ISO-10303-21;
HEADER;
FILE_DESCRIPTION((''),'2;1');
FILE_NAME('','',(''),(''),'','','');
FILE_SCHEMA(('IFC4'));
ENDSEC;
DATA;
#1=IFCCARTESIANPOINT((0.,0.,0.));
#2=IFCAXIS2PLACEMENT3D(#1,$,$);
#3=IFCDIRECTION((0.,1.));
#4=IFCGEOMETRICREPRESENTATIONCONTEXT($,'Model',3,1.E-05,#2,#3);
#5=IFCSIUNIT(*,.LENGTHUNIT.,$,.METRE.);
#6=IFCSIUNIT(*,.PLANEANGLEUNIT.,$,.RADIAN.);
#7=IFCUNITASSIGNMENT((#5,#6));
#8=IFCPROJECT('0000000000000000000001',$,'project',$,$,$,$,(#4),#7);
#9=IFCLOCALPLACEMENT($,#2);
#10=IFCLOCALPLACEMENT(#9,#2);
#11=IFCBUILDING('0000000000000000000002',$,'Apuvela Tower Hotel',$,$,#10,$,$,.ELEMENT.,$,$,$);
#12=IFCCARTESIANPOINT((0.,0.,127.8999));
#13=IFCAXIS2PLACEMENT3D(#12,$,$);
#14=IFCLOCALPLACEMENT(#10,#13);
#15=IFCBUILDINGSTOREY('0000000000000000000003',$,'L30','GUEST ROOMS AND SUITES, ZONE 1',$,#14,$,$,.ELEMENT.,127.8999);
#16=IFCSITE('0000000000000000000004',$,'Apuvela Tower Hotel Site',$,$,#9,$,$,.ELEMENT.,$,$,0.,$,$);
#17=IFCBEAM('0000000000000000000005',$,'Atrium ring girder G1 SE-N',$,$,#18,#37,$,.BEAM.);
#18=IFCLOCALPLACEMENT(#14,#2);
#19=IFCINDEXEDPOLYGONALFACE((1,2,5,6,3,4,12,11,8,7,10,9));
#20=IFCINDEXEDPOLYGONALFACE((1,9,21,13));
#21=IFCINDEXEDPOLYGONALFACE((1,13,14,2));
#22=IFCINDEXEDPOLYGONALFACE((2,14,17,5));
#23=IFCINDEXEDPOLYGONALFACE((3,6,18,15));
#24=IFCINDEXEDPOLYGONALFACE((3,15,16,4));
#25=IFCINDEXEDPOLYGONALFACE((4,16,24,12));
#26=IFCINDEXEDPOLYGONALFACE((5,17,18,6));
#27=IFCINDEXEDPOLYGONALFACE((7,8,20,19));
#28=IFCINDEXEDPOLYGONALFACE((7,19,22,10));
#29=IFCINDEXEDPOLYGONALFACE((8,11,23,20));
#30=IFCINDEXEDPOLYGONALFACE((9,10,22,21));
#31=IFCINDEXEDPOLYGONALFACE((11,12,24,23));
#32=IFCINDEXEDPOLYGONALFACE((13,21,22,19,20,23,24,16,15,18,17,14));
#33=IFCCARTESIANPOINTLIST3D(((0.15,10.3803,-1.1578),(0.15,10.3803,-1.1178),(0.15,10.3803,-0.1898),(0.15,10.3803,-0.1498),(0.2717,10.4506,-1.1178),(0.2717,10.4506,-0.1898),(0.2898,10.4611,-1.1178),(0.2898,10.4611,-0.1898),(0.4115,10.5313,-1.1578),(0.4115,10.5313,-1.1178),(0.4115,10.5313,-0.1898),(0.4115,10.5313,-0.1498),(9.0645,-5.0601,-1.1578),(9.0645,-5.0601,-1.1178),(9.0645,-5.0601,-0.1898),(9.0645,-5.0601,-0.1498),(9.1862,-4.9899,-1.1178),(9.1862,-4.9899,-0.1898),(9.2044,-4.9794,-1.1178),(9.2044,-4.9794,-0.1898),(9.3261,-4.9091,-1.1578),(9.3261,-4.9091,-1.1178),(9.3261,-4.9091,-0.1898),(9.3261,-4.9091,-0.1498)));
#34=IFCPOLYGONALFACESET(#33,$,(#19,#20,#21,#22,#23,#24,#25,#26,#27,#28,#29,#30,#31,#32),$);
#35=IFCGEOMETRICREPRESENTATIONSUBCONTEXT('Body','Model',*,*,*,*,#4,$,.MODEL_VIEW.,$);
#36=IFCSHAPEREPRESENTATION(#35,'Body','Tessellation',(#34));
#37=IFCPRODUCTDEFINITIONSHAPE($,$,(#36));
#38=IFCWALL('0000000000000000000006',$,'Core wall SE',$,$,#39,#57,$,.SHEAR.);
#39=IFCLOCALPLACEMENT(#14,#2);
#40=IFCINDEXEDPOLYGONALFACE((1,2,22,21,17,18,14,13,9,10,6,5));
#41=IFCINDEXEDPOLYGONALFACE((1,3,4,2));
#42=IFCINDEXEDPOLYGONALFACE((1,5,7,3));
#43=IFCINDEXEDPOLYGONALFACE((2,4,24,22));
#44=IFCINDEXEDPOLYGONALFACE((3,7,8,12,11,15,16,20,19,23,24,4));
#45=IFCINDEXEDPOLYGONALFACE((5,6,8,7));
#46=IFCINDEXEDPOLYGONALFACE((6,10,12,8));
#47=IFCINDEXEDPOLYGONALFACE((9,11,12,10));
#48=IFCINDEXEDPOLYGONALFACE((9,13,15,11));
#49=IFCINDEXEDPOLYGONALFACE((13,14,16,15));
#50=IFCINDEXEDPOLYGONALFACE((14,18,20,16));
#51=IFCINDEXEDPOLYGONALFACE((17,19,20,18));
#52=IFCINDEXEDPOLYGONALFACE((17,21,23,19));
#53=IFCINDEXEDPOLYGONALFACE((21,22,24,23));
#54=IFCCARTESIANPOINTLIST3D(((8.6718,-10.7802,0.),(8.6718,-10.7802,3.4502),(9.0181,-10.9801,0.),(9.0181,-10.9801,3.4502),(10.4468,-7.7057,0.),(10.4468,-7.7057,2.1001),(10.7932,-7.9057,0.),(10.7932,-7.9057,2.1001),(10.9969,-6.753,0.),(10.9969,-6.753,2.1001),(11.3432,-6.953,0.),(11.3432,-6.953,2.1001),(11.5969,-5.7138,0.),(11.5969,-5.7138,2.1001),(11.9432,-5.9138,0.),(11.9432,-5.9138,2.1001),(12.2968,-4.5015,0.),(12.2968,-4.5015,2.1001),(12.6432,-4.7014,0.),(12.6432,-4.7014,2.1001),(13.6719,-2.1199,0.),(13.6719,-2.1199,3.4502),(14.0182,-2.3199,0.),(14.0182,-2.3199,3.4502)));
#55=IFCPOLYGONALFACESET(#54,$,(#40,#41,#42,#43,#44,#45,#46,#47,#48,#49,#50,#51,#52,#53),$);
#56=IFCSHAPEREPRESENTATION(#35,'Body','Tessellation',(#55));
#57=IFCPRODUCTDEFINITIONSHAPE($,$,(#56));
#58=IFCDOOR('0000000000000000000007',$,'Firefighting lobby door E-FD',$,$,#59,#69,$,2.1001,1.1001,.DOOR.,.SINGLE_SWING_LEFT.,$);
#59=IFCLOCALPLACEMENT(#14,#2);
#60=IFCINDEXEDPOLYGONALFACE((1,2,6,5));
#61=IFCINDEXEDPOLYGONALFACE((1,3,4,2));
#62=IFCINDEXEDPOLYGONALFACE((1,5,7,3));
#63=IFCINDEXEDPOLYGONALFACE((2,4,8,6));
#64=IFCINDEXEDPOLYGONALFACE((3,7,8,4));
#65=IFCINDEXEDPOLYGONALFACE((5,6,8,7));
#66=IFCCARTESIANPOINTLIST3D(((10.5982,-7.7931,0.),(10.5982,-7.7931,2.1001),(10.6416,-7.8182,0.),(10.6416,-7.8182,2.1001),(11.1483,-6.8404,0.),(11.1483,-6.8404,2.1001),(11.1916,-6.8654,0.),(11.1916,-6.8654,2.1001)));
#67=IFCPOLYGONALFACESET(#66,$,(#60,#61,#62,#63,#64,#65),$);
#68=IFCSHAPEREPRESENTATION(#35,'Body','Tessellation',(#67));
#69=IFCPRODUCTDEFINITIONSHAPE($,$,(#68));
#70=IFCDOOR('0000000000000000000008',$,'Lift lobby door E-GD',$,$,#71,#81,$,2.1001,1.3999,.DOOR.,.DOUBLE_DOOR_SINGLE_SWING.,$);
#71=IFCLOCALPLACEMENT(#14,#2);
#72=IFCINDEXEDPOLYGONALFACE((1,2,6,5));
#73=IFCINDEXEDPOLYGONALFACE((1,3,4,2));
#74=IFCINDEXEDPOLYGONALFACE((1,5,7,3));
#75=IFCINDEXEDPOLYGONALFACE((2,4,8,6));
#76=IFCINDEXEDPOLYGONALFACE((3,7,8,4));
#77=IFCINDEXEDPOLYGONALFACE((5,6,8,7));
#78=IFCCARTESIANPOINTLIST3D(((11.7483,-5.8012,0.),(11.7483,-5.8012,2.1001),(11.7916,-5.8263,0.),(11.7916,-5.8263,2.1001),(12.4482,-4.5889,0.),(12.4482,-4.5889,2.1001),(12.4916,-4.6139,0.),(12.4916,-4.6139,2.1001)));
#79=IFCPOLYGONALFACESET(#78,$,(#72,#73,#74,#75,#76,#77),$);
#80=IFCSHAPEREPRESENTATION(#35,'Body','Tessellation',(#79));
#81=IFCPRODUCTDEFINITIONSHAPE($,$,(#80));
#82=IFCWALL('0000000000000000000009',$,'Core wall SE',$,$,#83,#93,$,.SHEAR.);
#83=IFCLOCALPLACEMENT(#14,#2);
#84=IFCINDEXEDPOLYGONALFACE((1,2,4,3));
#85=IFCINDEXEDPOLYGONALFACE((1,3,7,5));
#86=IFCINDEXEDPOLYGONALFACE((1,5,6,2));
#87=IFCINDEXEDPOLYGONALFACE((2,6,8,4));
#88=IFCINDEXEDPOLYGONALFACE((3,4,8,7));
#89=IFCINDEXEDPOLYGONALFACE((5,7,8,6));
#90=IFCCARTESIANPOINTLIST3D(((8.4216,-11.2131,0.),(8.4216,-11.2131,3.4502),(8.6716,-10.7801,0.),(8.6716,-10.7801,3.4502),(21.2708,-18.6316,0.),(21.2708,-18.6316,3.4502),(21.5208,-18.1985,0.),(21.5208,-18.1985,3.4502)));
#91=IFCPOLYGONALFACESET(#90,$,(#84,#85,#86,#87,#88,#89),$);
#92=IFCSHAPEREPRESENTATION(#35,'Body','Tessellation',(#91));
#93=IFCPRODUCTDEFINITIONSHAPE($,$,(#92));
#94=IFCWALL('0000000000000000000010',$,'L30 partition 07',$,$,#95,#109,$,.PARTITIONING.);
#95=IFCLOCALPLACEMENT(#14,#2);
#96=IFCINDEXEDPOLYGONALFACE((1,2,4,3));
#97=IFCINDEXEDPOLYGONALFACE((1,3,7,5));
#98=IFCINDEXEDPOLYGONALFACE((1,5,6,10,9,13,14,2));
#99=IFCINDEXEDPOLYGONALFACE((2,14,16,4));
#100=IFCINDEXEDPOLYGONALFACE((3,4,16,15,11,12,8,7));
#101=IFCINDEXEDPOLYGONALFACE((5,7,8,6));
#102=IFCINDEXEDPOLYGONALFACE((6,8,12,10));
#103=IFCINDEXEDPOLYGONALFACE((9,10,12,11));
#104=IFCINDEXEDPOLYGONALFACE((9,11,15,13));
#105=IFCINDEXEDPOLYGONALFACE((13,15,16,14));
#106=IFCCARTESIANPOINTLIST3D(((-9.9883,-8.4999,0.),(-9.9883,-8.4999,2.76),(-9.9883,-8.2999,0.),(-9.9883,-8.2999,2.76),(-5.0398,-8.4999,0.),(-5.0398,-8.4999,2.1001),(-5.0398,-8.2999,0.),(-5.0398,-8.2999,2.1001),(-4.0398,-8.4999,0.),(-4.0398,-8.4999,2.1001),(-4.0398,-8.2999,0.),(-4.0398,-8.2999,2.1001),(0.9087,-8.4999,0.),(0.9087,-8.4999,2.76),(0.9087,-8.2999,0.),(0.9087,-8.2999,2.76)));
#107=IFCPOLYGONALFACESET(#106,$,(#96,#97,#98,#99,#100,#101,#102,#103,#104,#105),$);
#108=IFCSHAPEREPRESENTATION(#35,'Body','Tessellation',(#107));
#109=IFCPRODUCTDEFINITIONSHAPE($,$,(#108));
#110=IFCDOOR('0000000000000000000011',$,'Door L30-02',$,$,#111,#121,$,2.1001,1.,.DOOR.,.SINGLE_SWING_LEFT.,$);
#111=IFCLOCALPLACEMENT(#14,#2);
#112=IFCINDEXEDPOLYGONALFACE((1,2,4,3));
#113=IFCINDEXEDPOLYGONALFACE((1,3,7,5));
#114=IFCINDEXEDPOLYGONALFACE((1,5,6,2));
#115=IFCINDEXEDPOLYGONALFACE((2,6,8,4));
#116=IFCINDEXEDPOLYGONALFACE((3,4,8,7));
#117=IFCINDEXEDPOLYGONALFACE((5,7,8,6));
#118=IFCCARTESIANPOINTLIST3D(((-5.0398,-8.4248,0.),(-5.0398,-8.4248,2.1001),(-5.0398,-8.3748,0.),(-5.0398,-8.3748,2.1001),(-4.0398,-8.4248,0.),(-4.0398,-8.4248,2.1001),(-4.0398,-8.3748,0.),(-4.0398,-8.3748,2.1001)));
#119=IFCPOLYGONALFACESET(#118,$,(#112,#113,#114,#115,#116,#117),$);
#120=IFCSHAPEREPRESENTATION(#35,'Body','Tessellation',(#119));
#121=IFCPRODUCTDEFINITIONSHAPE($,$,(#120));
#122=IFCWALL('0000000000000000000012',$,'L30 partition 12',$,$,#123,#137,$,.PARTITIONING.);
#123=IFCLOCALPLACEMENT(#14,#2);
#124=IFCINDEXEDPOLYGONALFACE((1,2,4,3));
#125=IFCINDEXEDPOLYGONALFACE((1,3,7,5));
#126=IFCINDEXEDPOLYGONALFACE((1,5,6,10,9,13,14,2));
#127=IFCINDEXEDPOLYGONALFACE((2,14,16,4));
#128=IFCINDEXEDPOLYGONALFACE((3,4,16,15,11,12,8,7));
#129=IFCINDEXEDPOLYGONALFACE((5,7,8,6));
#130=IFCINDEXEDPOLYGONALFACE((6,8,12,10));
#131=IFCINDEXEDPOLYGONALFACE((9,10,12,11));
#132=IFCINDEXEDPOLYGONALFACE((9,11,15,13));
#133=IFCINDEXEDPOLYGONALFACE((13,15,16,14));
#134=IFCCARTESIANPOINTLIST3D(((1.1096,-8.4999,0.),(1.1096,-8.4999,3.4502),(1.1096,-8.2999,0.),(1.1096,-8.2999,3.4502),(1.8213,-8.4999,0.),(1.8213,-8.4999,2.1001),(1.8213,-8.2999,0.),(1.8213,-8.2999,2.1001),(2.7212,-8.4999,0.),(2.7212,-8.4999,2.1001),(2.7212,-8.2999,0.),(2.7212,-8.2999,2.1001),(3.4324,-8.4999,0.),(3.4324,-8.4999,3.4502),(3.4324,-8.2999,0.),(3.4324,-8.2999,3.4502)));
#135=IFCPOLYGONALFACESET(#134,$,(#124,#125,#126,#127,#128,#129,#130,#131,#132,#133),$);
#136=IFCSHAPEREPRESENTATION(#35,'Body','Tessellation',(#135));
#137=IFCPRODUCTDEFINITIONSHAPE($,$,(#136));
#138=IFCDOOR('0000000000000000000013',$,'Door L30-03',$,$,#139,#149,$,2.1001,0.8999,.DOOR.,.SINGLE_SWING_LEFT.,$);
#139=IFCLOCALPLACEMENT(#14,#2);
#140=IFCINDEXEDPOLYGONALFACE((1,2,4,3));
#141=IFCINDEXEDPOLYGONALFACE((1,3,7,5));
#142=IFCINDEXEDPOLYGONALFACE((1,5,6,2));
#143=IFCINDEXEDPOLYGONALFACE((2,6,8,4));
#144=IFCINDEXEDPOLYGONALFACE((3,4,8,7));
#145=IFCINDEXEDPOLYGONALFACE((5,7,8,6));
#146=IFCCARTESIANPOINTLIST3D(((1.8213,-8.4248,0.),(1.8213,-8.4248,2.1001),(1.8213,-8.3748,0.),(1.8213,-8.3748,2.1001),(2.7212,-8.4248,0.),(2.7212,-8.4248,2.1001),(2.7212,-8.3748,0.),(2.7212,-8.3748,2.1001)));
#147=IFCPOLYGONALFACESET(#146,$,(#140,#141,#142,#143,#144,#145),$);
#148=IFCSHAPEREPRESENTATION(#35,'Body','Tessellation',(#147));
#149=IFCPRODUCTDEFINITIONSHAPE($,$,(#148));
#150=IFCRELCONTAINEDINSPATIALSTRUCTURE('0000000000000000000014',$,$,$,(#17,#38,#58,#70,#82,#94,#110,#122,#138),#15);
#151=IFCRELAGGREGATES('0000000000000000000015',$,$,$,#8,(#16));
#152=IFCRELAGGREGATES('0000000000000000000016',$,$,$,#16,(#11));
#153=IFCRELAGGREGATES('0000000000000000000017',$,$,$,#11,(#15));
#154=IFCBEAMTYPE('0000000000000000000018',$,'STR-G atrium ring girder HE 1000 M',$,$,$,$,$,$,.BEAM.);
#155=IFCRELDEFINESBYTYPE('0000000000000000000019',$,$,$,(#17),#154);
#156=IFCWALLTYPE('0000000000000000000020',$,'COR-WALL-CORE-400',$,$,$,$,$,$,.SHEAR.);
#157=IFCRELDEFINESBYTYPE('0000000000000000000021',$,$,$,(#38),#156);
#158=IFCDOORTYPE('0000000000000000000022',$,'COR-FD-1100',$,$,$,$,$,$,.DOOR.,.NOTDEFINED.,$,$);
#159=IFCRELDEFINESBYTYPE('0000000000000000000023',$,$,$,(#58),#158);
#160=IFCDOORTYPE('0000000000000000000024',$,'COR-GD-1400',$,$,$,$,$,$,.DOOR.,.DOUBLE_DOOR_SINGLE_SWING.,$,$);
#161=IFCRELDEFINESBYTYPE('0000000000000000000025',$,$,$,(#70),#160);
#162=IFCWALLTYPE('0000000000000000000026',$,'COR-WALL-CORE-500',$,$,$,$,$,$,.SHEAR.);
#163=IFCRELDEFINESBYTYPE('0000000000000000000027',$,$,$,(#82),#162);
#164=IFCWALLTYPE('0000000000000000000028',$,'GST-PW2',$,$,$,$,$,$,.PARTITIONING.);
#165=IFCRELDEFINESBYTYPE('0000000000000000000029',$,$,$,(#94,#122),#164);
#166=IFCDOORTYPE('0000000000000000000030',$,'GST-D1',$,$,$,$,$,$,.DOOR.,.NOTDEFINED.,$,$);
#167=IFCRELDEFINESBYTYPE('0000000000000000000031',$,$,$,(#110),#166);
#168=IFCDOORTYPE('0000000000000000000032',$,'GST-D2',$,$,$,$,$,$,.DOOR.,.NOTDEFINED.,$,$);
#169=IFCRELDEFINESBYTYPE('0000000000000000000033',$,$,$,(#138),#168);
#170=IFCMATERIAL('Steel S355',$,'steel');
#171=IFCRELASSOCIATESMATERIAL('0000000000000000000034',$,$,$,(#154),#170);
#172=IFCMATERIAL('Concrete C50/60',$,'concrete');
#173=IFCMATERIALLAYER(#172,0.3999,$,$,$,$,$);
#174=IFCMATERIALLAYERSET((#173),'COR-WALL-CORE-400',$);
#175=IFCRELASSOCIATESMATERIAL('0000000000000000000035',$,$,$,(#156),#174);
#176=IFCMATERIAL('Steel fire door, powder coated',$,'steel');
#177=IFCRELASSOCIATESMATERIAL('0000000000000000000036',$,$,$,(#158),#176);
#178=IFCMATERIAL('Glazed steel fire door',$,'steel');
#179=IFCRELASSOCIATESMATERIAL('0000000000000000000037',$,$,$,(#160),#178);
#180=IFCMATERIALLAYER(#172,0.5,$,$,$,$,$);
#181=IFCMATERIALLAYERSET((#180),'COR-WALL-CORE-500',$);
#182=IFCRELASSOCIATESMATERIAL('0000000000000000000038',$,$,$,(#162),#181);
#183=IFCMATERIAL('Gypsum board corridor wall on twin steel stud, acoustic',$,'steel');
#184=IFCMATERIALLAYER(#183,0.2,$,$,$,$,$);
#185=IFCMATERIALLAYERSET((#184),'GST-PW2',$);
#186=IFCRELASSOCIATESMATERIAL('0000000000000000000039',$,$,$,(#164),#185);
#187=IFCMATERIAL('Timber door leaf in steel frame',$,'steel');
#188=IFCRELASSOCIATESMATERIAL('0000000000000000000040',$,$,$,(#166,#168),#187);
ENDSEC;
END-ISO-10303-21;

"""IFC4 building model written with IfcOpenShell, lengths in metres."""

from ifc_helpers import new_model, si_unit, direction, frame, frame_2d, origin, origin_2d, place, context, subcontext, project, spatial, rectangle, i_section, extrude, material, layer, layer_set, material_profile, profile_set, type_object, element, fill, save


model = new_model("IFC4")

# Units and contexts
model_context = context("Model", 3, precision=1e-05, world=origin(), true_north=direction((0.0, 1.0)))
body_context = subcontext(model_context, "Body", "Model", "MODEL_VIEW")
ifc_project = project(units=[si_unit("LENGTHUNIT", "METRE"), si_unit("PLANEANGLEUNIT", "RADIAN")], contexts=[model_context])

# Site, building, storey
site_placement = place(None, origin())
site = spatial("IfcSite", under=ifc_project, at=site_placement, Name="Apuvela Tower Hotel Site", CompositionType="ELEMENT", RefElevation=0.0)
building_placement = place(site_placement, origin())
building = spatial("IfcBuilding", under=site, at=building_placement, Name="Apuvela Tower Hotel", CompositionType="ELEMENT")
storey_placement = place(building_placement, frame((0.0, 0.0, 127.8999)))
storey = spatial("IfcBuildingStorey", under=building, at=storey_placement, Name="L30", Description="GUEST ROOMS AND SUITES, ZONE 1", CompositionType="ELEMENT", Elevation=127.8999)

# Beam
ifc_material_1 = material(Name="Steel S355", Category="steel")
ifc_material_profile = material_profile(ifc_material_1, i_section(OverallWidth=0.302, OverallDepth=1.0081, WebThickness=0.021, FlangeThickness=0.04, at=origin_2d()), Name="HE 1000 M")
ifc_profile_set = profile_set([ifc_material_profile], Name="Steel S355")
beam_type = type_object("IfcBeamType", Name="STR-G atrium ring girder HE 1000 M", PredefinedType="BEAM", material=ifc_profile_set)
beam_placement = place(storey_placement, frame((9.1953, -4.9846, -0.6538), z_axis=(-0.500001, 0.866025, 0.0), x_axis=(-0.866025, -0.500001, 0.0)))
element("IfcBeam", 1, at=beam_placement, inside=storey, type_object=beam_type, Name="Atrium ring girder G1 SE-N", PredefinedType="BEAM", context=body_context, shape_type="SweptSolid", body=[
    extrude(i_section(OverallWidth=0.302, OverallDepth=1.0081, WebThickness=0.021, FlangeThickness=0.04, at=origin_2d()), origin(), (0.0, 0.0, 1.0), 17.8291),
])

# Wall, openings, doors
ifc_material_2 = material(Name="Concrete C50/60", Category="concrete")
ifc_layer_1 = layer(ifc_material_2, 0.3999)
ifc_layer_set_1 = layer_set([ifc_layer_1], Name="COR-WALL-CORE-400")
wall_type_1 = type_object("IfcWallType", Name="COR-WALL-CORE-400", PredefinedType="SHEAR", material=ifc_layer_set_1)
wall_1_placement = place(storey_placement, frame((8.845, -10.8801, 0.0), z_axis=(0.0, 0.0, 1.0), x_axis=(0.500004, 0.866023, 0.0)))
wall_1 = element("IfcWall", 2, at=wall_1_placement, inside=storey, type_object=wall_type_1, Name="Core wall SE", PredefinedType="SHEAR", context=body_context, shape_type="SweptSolid", body=[
    extrude(rectangle(XDim=10.0, YDim=0.3999, at=frame_2d((5.0, 0.0))), origin(), (0.0, 0.0, 1.0), 3.4502),
])
opening_1_placement = place(wall_1_placement, frame((3.55, 0.0, 0.0)))
opening_1 = element("IfcOpeningElement", 3, at=opening_1_placement, cuts=wall_1, PredefinedType="OPENING", context=body_context, shape_type="SweptSolid", body=[
    extrude(rectangle(XDim=1.1001, YDim=2.1001, at=frame_2d((0.55, 1.05))), frame((0.0, 0.21, 0.0), z_axis=(0.0, -1.0, 0.0), x_axis=(1.0, 0.0, 0.0)), (0.0, 0.0, 1.0), 0.4199),
])
opening_2_placement = place(wall_1_placement, frame((5.8501, 0.0, 0.0)))
opening_2 = element("IfcOpeningElement", 4, at=opening_2_placement, cuts=wall_1, PredefinedType="OPENING", context=body_context, shape_type="SweptSolid", body=[
    extrude(rectangle(XDim=1.3999, YDim=2.1001, at=frame_2d((0.7, 1.05))), frame((0.0, 0.21, 0.0), z_axis=(0.0, -1.0, 0.0), x_axis=(1.0, 0.0, 0.0)), (0.0, 0.0, 1.0), 0.4199),
])
ifc_material_3 = material(Name="Steel fire door, powder coated", Category="steel")
door_type_1 = type_object("IfcDoorType", Name="COR-FD-1100", OperationType="NOTDEFINED", PredefinedType="DOOR", material=ifc_material_3)
door_1_placement = place(opening_1_placement, frame((1.1001, 0.0, 0.0), z_axis=(0.0, 0.0, 1.0), x_axis=(-1.0, 0.0, 0.0)))
door_1 = element("IfcDoor", 5, at=door_1_placement, inside=storey, type_object=door_type_1, Name="Firefighting lobby door E-FD", OperationType="SINGLE_SWING_LEFT", OverallHeight=2.1001, OverallWidth=1.1001, PredefinedType="DOOR", context=body_context, shape_type="SweptSolid", body=[
    extrude(rectangle(XDim=1.1001, YDim=2.1001, at=frame_2d((0.55, 1.05))), frame((0.0, 0.0249, 0.0), z_axis=(0.0, -1.0, 0.0), x_axis=(1.0, 0.0, 0.0)), (0.0, 0.0, 1.0), 0.05),
])
fill(opening_1, door_1)
ifc_material_4 = material(Name="Glazed steel fire door", Category="steel")
door_type_2 = type_object("IfcDoorType", Name="COR-GD-1400", OperationType="DOUBLE_DOOR_SINGLE_SWING", PredefinedType="DOOR", material=ifc_material_4)
door_2_placement = place(opening_2_placement, frame((1.3999, 0.0, 0.0), z_axis=(0.0, 0.0, 1.0), x_axis=(-1.0, 0.0, 0.0)))
door_2 = element("IfcDoor", 6, at=door_2_placement, inside=storey, type_object=door_type_2, Name="Lift lobby door E-GD", OperationType="DOUBLE_DOOR_SINGLE_SWING", OverallHeight=2.1001, OverallWidth=1.3999, PredefinedType="DOOR", context=body_context, shape_type="SweptSolid", body=[
    extrude(rectangle(XDim=1.3999, YDim=2.1001, at=frame_2d((0.7, 1.05))), frame((0.0, 0.0249, 0.0), z_axis=(0.0, -1.0, 0.0), x_axis=(1.0, 0.0, 0.0)), (0.0, 0.0, 1.0), 0.05),
])
fill(opening_2, door_2)

# Wall
ifc_layer_2 = layer(ifc_material_2, 0.5)
ifc_layer_set_2 = layer_set([ifc_layer_2], Name="COR-WALL-CORE-500")
wall_type_2 = type_object("IfcWallType", Name="COR-WALL-CORE-500", PredefinedType="SHEAR", material=ifc_layer_set_2)
wall_2_placement = place(storey_placement, frame((8.5466, -10.9966, 0.0), z_axis=(0.0, 0.0, 1.0), x_axis=(0.866025, -0.500001, 0.0)))
element("IfcWall", 7, at=wall_2_placement, inside=storey, type_object=wall_type_2, Name="Core wall SE", PredefinedType="SHEAR", context=body_context, shape_type="SweptSolid", body=[
    extrude(rectangle(XDim=14.8369, YDim=0.5, at=frame_2d((7.4185, 0.0))), origin(), (0.0, 0.0, 1.0), 3.4502),
])

# Walls, openings, doors
ifc_material_5 = material(Name="Gypsum board corridor wall on twin steel stud, acoustic", Category="steel")
ifc_layer_3 = layer(ifc_material_5, 0.2)
ifc_layer_set_3 = layer_set([ifc_layer_3], Name="GST-PW2")
wall_type_3 = type_object("IfcWallType", Name="GST-PW2", PredefinedType="PARTITIONING", material=ifc_layer_set_3)
wall_3_placement = place(storey_placement, frame((0.9087, -8.3999, 0.0), z_axis=(0.0, 0.0, 1.0), x_axis=(-1.0, 0.0, 0.0)))
wall_3 = element("IfcWall", 8, at=wall_3_placement, inside=storey, type_object=wall_type_3, Name="L30 partition 07", PredefinedType="PARTITIONING", context=body_context, shape_type="SweptSolid", body=[
    extrude(rectangle(XDim=10.897, YDim=0.2, at=frame_2d((5.4485, 0.0))), origin(), (0.0, 0.0, 1.0), 2.76),
])
opening_3_placement = place(wall_3_placement, frame((4.9485, 0.0, 0.0)))
opening_3 = element("IfcOpeningElement", 9, at=opening_3_placement, cuts=wall_3, PredefinedType="OPENING", context=body_context, shape_type="SweptSolid", body=[
    extrude(rectangle(XDim=1.0, YDim=2.1001, at=frame_2d((0.5, 1.05))), frame((0.0, 0.1099, 0.0), z_axis=(0.0, -1.0, 0.0), x_axis=(1.0, 0.0, 0.0)), (0.0, 0.0, 1.0), 0.22),
])
ifc_material_6 = material(Name="Timber door leaf in steel frame", Category="steel")
door_type_3 = type_object("IfcDoorType", Name="GST-D1", OperationType="NOTDEFINED", PredefinedType="DOOR", material=ifc_material_6)
door_3_placement = place(opening_3_placement, origin())
door_3 = element("IfcDoor", 10, at=door_3_placement, inside=storey, type_object=door_type_3, Name="Door L30-02", OperationType="SINGLE_SWING_LEFT", OverallHeight=2.1001, OverallWidth=1.0, PredefinedType="DOOR", context=body_context, shape_type="SweptSolid", body=[
    extrude(rectangle(XDim=1.0, YDim=2.1001, at=frame_2d((0.5, 1.05))), frame((0.0, 0.0249, 0.0), z_axis=(0.0, -1.0, 0.0), x_axis=(1.0, 0.0, 0.0)), (0.0, 0.0, 1.0), 0.05),
])
fill(opening_3, door_3)
wall_4_placement = place(storey_placement, frame((3.4324, -8.3999, 0.0), z_axis=(0.0, 0.0, 1.0), x_axis=(-1.0, 0.0, 0.0)))
wall_4 = element("IfcWall", 11, at=wall_4_placement, inside=storey, type_object=wall_type_3, Name="L30 partition 12", PredefinedType="PARTITIONING", context=body_context, shape_type="SweptSolid", body=[
    extrude(rectangle(XDim=2.3228, YDim=0.2, at=frame_2d((1.1614, 0.0))), origin(), (0.0, 0.0, 1.0), 3.4502),
])
opening_4_placement = place(wall_4_placement, frame((0.7112, 0.0, 0.0)))
opening_4 = element("IfcOpeningElement", 12, at=opening_4_placement, cuts=wall_4, PredefinedType="OPENING", context=body_context, shape_type="SweptSolid", body=[
    extrude(rectangle(XDim=0.8999, YDim=2.1001, at=frame_2d((0.45, 1.05))), frame((0.0, 0.1099, 0.0), z_axis=(0.0, -1.0, 0.0), x_axis=(1.0, 0.0, 0.0)), (0.0, 0.0, 1.0), 0.22),
])
door_type_4 = type_object("IfcDoorType", Name="GST-D2", OperationType="NOTDEFINED", PredefinedType="DOOR", material=ifc_material_6)
door_4_placement = place(opening_4_placement, origin())
door_4 = element("IfcDoor", 13, at=door_4_placement, inside=storey, type_object=door_type_4, Name="Door L30-03", OperationType="SINGLE_SWING_LEFT", OverallHeight=2.1001, OverallWidth=0.8999, PredefinedType="DOOR", context=body_context, shape_type="SweptSolid", body=[
    extrude(rectangle(XDim=0.8999, YDim=2.1001, at=frame_2d((0.45, 1.05))), frame((0.0, 0.0249, 0.0), z_axis=(0.0, -1.0, 0.0), x_axis=(1.0, 0.0, 0.0)), (0.0, 0.0, 1.0), 0.05),
])
fill(opening_4, door_4)

save(model, "model.ifc")
